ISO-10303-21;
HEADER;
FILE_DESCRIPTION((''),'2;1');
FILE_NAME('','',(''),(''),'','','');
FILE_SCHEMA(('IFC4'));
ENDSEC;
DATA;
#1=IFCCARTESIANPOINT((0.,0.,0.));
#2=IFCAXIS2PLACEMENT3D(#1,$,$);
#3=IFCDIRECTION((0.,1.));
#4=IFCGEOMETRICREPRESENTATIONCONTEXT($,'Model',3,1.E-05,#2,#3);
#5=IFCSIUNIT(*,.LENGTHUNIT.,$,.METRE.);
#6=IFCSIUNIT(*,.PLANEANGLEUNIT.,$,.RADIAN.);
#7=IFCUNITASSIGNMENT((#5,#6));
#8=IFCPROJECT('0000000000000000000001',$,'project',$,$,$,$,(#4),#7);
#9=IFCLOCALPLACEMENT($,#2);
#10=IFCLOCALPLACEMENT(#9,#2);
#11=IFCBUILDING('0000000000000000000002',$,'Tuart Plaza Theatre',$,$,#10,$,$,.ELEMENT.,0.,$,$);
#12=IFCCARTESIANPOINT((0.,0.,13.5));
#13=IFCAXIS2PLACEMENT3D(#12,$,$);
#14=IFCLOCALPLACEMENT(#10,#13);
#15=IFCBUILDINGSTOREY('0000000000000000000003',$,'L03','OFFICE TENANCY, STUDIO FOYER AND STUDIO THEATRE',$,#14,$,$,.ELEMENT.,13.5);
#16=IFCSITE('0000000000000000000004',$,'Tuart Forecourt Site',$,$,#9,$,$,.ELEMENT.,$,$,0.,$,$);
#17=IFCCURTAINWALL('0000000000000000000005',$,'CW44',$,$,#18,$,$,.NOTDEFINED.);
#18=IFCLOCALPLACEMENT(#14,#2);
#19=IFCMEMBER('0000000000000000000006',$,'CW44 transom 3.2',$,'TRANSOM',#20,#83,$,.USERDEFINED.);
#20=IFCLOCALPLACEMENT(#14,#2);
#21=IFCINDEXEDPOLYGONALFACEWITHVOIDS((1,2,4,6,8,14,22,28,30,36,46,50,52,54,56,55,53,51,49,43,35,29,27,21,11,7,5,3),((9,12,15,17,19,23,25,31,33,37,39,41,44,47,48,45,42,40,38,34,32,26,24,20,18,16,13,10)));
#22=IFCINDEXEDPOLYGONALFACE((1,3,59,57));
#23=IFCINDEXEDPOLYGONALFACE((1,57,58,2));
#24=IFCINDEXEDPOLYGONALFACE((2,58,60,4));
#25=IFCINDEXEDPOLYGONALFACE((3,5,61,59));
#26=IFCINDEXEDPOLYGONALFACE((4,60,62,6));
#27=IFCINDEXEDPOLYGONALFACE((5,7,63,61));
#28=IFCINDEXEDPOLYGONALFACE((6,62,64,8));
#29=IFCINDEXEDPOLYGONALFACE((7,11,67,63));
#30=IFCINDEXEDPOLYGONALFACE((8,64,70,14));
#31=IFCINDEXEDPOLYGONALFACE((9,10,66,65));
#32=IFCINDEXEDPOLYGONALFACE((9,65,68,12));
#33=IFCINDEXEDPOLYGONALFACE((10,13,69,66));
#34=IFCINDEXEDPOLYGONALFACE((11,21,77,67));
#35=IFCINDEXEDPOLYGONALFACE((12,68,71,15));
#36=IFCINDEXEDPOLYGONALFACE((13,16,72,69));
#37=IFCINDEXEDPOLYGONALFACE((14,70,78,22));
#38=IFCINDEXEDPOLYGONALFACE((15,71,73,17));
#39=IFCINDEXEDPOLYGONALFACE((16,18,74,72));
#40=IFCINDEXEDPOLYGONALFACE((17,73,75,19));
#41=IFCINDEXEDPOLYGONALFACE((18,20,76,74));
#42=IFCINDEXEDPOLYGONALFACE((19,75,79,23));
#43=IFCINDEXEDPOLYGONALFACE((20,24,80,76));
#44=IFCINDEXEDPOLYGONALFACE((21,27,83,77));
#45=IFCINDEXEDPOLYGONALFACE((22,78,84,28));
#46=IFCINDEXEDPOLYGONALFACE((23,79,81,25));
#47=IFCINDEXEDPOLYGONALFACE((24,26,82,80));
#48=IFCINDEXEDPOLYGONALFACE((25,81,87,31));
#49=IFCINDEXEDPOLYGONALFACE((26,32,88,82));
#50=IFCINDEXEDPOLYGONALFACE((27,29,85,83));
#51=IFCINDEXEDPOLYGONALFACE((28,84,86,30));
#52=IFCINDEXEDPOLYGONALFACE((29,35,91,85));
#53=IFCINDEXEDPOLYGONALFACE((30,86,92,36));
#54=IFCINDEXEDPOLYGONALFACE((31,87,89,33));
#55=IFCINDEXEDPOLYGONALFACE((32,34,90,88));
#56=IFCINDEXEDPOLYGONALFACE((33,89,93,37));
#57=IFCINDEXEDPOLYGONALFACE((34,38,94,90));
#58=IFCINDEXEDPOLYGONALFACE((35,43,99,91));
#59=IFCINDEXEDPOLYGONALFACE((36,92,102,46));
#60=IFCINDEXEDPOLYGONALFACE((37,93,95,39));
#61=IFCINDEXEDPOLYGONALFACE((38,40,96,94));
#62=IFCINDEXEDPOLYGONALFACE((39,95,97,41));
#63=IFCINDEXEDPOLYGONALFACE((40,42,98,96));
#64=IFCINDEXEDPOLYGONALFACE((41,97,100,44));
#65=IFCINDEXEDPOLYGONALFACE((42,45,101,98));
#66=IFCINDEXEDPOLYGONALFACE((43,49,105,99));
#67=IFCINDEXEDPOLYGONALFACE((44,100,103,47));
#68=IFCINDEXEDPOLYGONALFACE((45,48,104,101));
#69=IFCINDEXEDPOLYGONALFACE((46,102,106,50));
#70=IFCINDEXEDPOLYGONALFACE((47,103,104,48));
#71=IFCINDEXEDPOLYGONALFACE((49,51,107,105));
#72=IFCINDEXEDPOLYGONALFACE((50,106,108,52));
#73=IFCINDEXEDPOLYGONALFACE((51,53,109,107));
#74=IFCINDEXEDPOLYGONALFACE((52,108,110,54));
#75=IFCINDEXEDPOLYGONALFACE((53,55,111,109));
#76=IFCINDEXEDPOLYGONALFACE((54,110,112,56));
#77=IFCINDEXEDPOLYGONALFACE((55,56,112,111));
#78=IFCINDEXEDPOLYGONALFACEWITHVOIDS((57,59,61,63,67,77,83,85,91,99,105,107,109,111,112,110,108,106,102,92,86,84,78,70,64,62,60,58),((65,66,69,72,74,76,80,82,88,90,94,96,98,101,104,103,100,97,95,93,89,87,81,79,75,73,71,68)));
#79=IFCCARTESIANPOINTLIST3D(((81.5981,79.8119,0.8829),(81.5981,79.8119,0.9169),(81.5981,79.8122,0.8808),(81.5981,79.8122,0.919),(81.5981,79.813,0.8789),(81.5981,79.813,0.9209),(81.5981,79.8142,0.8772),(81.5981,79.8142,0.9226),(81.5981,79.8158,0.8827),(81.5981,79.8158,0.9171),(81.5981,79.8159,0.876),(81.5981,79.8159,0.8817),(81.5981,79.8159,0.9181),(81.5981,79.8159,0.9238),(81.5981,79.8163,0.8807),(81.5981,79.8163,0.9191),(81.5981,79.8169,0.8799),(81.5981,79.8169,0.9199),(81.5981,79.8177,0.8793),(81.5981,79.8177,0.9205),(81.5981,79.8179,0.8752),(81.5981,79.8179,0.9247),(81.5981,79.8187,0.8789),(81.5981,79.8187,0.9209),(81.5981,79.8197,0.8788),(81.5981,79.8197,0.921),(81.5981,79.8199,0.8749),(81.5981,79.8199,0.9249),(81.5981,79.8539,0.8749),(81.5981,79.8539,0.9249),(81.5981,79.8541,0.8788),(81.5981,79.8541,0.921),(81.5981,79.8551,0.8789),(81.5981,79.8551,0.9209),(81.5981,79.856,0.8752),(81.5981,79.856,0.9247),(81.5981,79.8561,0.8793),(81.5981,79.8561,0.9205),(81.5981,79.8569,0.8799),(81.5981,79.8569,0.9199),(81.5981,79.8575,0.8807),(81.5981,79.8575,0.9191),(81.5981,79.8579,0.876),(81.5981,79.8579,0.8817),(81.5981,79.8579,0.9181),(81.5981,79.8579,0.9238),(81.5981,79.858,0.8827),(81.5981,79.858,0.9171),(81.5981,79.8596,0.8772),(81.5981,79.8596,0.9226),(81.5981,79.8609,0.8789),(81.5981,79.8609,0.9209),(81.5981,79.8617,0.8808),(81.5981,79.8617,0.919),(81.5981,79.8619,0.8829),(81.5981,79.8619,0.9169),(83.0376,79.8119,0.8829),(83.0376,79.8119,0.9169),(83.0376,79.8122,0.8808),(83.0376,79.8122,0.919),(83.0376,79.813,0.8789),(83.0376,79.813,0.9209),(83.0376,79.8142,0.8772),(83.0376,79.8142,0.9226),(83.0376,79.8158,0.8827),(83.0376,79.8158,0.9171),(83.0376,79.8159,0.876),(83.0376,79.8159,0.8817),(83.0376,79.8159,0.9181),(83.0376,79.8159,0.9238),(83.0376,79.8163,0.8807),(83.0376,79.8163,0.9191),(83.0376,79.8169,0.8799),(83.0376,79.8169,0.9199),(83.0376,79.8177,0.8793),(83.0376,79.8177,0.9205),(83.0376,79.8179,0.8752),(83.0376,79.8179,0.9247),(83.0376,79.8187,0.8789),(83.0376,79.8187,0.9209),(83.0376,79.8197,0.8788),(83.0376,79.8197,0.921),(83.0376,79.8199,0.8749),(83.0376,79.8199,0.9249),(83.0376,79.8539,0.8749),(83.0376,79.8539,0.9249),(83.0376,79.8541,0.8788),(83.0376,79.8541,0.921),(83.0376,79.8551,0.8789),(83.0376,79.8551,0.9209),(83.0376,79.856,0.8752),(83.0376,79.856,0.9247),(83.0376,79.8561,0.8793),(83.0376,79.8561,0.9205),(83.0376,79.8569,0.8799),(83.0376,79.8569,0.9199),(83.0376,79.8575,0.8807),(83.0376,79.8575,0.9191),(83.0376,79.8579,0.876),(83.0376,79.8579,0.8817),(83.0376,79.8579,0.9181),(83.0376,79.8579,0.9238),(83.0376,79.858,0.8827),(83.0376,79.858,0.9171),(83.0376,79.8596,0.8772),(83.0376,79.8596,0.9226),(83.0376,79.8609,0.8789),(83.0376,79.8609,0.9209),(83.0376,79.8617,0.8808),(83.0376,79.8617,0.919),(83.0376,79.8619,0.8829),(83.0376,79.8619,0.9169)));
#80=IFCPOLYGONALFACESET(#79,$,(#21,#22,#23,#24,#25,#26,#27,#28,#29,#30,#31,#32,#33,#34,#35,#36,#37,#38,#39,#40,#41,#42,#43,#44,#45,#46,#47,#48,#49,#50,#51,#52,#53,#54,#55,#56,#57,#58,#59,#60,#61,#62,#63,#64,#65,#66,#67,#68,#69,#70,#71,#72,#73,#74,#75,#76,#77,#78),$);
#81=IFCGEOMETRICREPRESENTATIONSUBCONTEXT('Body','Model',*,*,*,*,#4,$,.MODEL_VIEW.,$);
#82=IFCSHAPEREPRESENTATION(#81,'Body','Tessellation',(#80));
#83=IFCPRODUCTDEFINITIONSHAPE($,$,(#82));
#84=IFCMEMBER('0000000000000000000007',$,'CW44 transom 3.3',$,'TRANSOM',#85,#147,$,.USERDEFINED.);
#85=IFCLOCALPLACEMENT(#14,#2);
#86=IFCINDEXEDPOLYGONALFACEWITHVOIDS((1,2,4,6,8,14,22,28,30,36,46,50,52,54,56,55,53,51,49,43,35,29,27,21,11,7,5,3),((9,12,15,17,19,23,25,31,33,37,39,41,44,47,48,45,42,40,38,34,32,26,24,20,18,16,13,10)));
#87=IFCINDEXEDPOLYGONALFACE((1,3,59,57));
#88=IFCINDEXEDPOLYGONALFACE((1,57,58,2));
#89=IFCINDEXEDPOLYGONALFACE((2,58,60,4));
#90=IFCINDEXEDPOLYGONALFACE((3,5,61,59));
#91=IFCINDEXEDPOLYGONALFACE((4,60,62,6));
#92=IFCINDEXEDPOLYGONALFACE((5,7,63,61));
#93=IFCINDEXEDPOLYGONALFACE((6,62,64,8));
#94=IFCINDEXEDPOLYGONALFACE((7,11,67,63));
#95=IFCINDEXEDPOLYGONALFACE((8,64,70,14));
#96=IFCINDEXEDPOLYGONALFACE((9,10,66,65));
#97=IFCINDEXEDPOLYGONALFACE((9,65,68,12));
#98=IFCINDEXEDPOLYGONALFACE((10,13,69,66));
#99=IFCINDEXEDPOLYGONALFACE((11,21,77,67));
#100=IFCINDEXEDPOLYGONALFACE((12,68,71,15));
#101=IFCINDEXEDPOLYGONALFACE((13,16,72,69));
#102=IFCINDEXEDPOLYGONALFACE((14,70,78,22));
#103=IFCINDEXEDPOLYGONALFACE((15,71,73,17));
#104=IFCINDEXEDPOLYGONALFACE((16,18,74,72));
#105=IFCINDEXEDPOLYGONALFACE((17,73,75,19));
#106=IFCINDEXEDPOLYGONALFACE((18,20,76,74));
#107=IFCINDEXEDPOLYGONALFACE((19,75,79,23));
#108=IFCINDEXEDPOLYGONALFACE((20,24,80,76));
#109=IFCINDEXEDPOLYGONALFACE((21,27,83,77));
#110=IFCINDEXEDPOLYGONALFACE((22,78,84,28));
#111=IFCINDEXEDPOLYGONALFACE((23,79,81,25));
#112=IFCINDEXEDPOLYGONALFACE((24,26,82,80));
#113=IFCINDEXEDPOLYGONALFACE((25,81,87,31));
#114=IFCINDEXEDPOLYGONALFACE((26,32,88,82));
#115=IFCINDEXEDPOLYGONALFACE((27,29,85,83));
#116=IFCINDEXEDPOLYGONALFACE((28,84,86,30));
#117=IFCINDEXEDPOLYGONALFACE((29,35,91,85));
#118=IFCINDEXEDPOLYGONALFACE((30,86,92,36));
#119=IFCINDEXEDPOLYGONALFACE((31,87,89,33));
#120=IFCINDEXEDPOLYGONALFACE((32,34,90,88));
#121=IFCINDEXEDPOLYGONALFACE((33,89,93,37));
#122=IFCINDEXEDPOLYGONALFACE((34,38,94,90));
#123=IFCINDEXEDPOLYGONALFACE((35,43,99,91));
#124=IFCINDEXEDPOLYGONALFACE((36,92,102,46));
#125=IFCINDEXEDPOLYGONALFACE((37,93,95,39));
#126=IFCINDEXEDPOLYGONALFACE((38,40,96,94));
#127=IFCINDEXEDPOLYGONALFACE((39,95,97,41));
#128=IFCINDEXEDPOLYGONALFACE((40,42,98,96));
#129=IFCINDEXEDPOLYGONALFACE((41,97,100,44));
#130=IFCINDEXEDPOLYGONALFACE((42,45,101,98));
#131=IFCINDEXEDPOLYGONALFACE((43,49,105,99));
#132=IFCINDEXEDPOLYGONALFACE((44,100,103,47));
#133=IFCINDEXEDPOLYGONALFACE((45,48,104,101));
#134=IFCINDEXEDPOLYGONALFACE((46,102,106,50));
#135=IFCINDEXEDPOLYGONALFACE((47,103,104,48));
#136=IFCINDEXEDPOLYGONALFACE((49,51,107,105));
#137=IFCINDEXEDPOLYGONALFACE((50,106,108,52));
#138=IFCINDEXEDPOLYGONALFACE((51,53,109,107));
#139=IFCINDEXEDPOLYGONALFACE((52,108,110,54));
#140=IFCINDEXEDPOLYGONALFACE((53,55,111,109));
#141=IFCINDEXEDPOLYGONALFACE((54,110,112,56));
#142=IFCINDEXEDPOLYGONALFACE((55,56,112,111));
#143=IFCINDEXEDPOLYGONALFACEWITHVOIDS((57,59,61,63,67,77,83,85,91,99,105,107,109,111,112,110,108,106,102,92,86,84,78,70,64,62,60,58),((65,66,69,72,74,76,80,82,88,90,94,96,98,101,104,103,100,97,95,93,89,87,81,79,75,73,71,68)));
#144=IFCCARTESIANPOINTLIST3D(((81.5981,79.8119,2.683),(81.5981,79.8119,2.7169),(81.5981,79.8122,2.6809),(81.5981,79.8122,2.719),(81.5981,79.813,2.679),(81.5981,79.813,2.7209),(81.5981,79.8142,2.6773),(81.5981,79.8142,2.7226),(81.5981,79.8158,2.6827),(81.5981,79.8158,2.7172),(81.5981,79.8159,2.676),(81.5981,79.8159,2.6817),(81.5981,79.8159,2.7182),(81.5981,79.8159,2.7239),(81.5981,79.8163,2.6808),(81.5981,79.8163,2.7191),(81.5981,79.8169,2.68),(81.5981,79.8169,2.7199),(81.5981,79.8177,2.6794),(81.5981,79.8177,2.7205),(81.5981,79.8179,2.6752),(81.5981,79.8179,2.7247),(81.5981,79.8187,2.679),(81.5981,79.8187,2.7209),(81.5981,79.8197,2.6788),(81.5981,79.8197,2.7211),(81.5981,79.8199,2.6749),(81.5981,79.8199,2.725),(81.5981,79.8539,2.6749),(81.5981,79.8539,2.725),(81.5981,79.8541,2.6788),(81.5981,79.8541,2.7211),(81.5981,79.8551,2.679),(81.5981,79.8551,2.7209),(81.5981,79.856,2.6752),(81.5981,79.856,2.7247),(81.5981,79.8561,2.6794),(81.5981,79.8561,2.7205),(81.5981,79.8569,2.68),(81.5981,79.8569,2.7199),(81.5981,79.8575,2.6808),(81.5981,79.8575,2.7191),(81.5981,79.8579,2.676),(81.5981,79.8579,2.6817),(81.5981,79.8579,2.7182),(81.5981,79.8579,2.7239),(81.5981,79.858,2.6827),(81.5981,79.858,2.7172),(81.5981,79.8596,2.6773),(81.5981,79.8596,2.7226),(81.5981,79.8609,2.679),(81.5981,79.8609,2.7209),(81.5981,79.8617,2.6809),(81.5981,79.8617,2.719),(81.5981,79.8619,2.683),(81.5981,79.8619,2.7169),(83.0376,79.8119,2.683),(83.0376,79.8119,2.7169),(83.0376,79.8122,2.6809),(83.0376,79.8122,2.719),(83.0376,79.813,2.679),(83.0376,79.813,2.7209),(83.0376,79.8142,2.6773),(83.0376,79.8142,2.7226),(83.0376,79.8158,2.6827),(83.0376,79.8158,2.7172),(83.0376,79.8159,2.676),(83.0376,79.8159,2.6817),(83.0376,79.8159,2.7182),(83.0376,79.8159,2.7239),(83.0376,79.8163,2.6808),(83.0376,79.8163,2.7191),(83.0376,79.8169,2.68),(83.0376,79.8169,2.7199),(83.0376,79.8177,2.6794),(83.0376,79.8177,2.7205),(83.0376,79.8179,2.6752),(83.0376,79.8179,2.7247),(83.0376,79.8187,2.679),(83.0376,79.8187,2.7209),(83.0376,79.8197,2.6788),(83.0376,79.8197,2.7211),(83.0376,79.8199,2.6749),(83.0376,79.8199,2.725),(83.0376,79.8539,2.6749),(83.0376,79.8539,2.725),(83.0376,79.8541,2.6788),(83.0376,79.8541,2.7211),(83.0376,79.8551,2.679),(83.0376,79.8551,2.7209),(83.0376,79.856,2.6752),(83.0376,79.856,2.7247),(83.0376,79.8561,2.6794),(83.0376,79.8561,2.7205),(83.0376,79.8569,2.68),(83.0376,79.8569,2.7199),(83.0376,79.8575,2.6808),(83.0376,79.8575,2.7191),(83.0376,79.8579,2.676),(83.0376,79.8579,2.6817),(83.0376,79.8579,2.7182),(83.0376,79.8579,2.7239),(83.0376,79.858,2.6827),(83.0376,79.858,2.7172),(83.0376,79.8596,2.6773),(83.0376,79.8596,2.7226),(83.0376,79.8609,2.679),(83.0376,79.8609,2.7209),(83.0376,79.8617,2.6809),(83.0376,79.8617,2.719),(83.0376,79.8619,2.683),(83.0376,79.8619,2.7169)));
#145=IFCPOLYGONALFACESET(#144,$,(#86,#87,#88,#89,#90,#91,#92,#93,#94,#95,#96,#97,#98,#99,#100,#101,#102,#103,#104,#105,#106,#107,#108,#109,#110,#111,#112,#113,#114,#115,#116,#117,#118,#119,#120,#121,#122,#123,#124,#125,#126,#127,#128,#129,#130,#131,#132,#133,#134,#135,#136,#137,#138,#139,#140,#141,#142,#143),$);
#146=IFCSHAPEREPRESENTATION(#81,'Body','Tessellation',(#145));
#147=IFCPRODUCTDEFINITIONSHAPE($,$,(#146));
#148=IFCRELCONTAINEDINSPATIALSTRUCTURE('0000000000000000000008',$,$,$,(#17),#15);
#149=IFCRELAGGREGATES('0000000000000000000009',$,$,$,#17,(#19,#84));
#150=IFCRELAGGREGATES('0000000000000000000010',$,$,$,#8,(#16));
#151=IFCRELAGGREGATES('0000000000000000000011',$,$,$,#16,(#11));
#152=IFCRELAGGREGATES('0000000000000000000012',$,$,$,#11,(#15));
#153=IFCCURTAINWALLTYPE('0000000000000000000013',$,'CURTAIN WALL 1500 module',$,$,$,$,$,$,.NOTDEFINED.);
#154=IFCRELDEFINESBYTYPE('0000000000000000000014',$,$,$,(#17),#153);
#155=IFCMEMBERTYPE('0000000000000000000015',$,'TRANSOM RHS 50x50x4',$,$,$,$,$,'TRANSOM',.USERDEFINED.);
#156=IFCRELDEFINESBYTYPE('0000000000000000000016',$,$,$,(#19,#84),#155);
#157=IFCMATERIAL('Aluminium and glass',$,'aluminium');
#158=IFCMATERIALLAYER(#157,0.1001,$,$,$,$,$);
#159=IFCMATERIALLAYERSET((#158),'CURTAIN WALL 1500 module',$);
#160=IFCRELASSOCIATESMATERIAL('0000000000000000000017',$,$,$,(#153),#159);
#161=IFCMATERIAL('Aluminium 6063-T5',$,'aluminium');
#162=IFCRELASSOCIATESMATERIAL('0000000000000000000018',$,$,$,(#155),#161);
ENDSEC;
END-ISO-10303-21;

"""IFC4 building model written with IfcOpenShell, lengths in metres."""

from ifc_helpers import new_model, si_unit, direction, frame, origin, origin_2d, place, context, subcontext, project, spatial, hollow_rectangle, extrude, material, layer, layer_set, material_profile, profile_set, type_object, element, aggregate, save


model = new_model("IFC4")

# Units and contexts
model_context = context("Model", 3, precision=1e-05, world=origin(), true_north=direction((0.0, 1.0)))
body_context = subcontext(model_context, "Body", "Model", "MODEL_VIEW")
ifc_project = project(units=[si_unit("LENGTHUNIT", "METRE"), si_unit("PLANEANGLEUNIT", "RADIAN")], contexts=[model_context])

# Site, building, storey
site_placement = place(None, origin())
site = spatial("IfcSite", under=ifc_project, at=site_placement, Name="Tuart Forecourt Site", CompositionType="ELEMENT", RefElevation=0.0)
building_placement = place(site_placement, origin())
building = spatial("IfcBuilding", under=site, at=building_placement, Name="Tuart Plaza Theatre", CompositionType="ELEMENT", ElevationOfRefHeight=0.0)
storey_placement = place(building_placement, frame((0.0, 0.0, 13.5)))
storey = spatial("IfcBuildingStorey", under=building, at=storey_placement, Name="L03", Description="OFFICE TENANCY, STUDIO FOYER AND STUDIO THEATRE", CompositionType="ELEMENT", Elevation=13.5)

# Curtain wall, members
ifc_material_1 = material(Name="Aluminium and glass", Category="aluminium")
ifc_layer_1 = layer(ifc_material_1, 0.1001)
ifc_layer_set_1 = layer_set([ifc_layer_1], Name="CURTAIN WALL 1500 module")
curtain_wall_type = type_object("IfcCurtainWallType", Name="CURTAIN WALL 1500 module", PredefinedType="NOTDEFINED", material=ifc_layer_set_1)
curtain_wall_placement = place(storey_placement, origin())
curtain_wall = element("IfcCurtainWall", 1, at=curtain_wall_placement, inside=storey, type_object=curtain_wall_type, Name="CW44", PredefinedType="NOTDEFINED")
ifc_material_2 = material(Name="Aluminium 6063-T5", Category="aluminium")
ifc_material_profile_1 = material_profile(ifc_material_2, hollow_rectangle(XDim=0.05, YDim=0.05, WallThickness=0.0039, InnerFilletRadius=0.0039, OuterFilletRadius=0.0081, at=origin_2d()), Name="RHS 50x50x4")
ifc_profile_set_1 = profile_set([ifc_material_profile_1], Name="Aluminium 6063-T5")
member_type_1 = type_object("IfcMemberType", Name="TRANSOM RHS 50x50x4", ElementType="TRANSOM", PredefinedType="USERDEFINED", material=ifc_profile_set_1)
member_1_placement = place(storey_placement, frame((81.5981, 79.8369, 0.8999), z_axis=(1.0, 0.0, 0.0), x_axis=(0.0, 1.0, 0.0)))
member_1 = element("IfcMember", 2, at=member_1_placement, type_object=member_type_1, Name="CW44 transom 3.2", ObjectType="TRANSOM", PredefinedType="USERDEFINED", context=body_context, shape_type="SweptSolid", body=[
    extrude(hollow_rectangle(XDim=0.05, YDim=0.05, WallThickness=0.0039, InnerFilletRadius=0.0039, OuterFilletRadius=0.0081, at=origin_2d()), origin(), (0.0, 0.0, 1.0), 1.4395),
])
member_2_placement = place(storey_placement, frame((81.5981, 79.8369, 2.7), z_axis=(1.0, 0.0, 0.0), x_axis=(0.0, 1.0, 0.0)))
member_2 = element("IfcMember", 3, at=member_2_placement, type_object=member_type_1, Name="CW44 transom 3.3", ObjectType="TRANSOM", PredefinedType="USERDEFINED", context=body_context, shape_type="SweptSolid", body=[
    extrude(hollow_rectangle(XDim=0.05, YDim=0.05, WallThickness=0.0039, InnerFilletRadius=0.0039, OuterFilletRadius=0.0081, at=origin_2d()), origin(), (0.0, 0.0, 1.0), 1.4395),
])
aggregate(curtain_wall, [member_1, member_2])

save(model, "model.ifc")
